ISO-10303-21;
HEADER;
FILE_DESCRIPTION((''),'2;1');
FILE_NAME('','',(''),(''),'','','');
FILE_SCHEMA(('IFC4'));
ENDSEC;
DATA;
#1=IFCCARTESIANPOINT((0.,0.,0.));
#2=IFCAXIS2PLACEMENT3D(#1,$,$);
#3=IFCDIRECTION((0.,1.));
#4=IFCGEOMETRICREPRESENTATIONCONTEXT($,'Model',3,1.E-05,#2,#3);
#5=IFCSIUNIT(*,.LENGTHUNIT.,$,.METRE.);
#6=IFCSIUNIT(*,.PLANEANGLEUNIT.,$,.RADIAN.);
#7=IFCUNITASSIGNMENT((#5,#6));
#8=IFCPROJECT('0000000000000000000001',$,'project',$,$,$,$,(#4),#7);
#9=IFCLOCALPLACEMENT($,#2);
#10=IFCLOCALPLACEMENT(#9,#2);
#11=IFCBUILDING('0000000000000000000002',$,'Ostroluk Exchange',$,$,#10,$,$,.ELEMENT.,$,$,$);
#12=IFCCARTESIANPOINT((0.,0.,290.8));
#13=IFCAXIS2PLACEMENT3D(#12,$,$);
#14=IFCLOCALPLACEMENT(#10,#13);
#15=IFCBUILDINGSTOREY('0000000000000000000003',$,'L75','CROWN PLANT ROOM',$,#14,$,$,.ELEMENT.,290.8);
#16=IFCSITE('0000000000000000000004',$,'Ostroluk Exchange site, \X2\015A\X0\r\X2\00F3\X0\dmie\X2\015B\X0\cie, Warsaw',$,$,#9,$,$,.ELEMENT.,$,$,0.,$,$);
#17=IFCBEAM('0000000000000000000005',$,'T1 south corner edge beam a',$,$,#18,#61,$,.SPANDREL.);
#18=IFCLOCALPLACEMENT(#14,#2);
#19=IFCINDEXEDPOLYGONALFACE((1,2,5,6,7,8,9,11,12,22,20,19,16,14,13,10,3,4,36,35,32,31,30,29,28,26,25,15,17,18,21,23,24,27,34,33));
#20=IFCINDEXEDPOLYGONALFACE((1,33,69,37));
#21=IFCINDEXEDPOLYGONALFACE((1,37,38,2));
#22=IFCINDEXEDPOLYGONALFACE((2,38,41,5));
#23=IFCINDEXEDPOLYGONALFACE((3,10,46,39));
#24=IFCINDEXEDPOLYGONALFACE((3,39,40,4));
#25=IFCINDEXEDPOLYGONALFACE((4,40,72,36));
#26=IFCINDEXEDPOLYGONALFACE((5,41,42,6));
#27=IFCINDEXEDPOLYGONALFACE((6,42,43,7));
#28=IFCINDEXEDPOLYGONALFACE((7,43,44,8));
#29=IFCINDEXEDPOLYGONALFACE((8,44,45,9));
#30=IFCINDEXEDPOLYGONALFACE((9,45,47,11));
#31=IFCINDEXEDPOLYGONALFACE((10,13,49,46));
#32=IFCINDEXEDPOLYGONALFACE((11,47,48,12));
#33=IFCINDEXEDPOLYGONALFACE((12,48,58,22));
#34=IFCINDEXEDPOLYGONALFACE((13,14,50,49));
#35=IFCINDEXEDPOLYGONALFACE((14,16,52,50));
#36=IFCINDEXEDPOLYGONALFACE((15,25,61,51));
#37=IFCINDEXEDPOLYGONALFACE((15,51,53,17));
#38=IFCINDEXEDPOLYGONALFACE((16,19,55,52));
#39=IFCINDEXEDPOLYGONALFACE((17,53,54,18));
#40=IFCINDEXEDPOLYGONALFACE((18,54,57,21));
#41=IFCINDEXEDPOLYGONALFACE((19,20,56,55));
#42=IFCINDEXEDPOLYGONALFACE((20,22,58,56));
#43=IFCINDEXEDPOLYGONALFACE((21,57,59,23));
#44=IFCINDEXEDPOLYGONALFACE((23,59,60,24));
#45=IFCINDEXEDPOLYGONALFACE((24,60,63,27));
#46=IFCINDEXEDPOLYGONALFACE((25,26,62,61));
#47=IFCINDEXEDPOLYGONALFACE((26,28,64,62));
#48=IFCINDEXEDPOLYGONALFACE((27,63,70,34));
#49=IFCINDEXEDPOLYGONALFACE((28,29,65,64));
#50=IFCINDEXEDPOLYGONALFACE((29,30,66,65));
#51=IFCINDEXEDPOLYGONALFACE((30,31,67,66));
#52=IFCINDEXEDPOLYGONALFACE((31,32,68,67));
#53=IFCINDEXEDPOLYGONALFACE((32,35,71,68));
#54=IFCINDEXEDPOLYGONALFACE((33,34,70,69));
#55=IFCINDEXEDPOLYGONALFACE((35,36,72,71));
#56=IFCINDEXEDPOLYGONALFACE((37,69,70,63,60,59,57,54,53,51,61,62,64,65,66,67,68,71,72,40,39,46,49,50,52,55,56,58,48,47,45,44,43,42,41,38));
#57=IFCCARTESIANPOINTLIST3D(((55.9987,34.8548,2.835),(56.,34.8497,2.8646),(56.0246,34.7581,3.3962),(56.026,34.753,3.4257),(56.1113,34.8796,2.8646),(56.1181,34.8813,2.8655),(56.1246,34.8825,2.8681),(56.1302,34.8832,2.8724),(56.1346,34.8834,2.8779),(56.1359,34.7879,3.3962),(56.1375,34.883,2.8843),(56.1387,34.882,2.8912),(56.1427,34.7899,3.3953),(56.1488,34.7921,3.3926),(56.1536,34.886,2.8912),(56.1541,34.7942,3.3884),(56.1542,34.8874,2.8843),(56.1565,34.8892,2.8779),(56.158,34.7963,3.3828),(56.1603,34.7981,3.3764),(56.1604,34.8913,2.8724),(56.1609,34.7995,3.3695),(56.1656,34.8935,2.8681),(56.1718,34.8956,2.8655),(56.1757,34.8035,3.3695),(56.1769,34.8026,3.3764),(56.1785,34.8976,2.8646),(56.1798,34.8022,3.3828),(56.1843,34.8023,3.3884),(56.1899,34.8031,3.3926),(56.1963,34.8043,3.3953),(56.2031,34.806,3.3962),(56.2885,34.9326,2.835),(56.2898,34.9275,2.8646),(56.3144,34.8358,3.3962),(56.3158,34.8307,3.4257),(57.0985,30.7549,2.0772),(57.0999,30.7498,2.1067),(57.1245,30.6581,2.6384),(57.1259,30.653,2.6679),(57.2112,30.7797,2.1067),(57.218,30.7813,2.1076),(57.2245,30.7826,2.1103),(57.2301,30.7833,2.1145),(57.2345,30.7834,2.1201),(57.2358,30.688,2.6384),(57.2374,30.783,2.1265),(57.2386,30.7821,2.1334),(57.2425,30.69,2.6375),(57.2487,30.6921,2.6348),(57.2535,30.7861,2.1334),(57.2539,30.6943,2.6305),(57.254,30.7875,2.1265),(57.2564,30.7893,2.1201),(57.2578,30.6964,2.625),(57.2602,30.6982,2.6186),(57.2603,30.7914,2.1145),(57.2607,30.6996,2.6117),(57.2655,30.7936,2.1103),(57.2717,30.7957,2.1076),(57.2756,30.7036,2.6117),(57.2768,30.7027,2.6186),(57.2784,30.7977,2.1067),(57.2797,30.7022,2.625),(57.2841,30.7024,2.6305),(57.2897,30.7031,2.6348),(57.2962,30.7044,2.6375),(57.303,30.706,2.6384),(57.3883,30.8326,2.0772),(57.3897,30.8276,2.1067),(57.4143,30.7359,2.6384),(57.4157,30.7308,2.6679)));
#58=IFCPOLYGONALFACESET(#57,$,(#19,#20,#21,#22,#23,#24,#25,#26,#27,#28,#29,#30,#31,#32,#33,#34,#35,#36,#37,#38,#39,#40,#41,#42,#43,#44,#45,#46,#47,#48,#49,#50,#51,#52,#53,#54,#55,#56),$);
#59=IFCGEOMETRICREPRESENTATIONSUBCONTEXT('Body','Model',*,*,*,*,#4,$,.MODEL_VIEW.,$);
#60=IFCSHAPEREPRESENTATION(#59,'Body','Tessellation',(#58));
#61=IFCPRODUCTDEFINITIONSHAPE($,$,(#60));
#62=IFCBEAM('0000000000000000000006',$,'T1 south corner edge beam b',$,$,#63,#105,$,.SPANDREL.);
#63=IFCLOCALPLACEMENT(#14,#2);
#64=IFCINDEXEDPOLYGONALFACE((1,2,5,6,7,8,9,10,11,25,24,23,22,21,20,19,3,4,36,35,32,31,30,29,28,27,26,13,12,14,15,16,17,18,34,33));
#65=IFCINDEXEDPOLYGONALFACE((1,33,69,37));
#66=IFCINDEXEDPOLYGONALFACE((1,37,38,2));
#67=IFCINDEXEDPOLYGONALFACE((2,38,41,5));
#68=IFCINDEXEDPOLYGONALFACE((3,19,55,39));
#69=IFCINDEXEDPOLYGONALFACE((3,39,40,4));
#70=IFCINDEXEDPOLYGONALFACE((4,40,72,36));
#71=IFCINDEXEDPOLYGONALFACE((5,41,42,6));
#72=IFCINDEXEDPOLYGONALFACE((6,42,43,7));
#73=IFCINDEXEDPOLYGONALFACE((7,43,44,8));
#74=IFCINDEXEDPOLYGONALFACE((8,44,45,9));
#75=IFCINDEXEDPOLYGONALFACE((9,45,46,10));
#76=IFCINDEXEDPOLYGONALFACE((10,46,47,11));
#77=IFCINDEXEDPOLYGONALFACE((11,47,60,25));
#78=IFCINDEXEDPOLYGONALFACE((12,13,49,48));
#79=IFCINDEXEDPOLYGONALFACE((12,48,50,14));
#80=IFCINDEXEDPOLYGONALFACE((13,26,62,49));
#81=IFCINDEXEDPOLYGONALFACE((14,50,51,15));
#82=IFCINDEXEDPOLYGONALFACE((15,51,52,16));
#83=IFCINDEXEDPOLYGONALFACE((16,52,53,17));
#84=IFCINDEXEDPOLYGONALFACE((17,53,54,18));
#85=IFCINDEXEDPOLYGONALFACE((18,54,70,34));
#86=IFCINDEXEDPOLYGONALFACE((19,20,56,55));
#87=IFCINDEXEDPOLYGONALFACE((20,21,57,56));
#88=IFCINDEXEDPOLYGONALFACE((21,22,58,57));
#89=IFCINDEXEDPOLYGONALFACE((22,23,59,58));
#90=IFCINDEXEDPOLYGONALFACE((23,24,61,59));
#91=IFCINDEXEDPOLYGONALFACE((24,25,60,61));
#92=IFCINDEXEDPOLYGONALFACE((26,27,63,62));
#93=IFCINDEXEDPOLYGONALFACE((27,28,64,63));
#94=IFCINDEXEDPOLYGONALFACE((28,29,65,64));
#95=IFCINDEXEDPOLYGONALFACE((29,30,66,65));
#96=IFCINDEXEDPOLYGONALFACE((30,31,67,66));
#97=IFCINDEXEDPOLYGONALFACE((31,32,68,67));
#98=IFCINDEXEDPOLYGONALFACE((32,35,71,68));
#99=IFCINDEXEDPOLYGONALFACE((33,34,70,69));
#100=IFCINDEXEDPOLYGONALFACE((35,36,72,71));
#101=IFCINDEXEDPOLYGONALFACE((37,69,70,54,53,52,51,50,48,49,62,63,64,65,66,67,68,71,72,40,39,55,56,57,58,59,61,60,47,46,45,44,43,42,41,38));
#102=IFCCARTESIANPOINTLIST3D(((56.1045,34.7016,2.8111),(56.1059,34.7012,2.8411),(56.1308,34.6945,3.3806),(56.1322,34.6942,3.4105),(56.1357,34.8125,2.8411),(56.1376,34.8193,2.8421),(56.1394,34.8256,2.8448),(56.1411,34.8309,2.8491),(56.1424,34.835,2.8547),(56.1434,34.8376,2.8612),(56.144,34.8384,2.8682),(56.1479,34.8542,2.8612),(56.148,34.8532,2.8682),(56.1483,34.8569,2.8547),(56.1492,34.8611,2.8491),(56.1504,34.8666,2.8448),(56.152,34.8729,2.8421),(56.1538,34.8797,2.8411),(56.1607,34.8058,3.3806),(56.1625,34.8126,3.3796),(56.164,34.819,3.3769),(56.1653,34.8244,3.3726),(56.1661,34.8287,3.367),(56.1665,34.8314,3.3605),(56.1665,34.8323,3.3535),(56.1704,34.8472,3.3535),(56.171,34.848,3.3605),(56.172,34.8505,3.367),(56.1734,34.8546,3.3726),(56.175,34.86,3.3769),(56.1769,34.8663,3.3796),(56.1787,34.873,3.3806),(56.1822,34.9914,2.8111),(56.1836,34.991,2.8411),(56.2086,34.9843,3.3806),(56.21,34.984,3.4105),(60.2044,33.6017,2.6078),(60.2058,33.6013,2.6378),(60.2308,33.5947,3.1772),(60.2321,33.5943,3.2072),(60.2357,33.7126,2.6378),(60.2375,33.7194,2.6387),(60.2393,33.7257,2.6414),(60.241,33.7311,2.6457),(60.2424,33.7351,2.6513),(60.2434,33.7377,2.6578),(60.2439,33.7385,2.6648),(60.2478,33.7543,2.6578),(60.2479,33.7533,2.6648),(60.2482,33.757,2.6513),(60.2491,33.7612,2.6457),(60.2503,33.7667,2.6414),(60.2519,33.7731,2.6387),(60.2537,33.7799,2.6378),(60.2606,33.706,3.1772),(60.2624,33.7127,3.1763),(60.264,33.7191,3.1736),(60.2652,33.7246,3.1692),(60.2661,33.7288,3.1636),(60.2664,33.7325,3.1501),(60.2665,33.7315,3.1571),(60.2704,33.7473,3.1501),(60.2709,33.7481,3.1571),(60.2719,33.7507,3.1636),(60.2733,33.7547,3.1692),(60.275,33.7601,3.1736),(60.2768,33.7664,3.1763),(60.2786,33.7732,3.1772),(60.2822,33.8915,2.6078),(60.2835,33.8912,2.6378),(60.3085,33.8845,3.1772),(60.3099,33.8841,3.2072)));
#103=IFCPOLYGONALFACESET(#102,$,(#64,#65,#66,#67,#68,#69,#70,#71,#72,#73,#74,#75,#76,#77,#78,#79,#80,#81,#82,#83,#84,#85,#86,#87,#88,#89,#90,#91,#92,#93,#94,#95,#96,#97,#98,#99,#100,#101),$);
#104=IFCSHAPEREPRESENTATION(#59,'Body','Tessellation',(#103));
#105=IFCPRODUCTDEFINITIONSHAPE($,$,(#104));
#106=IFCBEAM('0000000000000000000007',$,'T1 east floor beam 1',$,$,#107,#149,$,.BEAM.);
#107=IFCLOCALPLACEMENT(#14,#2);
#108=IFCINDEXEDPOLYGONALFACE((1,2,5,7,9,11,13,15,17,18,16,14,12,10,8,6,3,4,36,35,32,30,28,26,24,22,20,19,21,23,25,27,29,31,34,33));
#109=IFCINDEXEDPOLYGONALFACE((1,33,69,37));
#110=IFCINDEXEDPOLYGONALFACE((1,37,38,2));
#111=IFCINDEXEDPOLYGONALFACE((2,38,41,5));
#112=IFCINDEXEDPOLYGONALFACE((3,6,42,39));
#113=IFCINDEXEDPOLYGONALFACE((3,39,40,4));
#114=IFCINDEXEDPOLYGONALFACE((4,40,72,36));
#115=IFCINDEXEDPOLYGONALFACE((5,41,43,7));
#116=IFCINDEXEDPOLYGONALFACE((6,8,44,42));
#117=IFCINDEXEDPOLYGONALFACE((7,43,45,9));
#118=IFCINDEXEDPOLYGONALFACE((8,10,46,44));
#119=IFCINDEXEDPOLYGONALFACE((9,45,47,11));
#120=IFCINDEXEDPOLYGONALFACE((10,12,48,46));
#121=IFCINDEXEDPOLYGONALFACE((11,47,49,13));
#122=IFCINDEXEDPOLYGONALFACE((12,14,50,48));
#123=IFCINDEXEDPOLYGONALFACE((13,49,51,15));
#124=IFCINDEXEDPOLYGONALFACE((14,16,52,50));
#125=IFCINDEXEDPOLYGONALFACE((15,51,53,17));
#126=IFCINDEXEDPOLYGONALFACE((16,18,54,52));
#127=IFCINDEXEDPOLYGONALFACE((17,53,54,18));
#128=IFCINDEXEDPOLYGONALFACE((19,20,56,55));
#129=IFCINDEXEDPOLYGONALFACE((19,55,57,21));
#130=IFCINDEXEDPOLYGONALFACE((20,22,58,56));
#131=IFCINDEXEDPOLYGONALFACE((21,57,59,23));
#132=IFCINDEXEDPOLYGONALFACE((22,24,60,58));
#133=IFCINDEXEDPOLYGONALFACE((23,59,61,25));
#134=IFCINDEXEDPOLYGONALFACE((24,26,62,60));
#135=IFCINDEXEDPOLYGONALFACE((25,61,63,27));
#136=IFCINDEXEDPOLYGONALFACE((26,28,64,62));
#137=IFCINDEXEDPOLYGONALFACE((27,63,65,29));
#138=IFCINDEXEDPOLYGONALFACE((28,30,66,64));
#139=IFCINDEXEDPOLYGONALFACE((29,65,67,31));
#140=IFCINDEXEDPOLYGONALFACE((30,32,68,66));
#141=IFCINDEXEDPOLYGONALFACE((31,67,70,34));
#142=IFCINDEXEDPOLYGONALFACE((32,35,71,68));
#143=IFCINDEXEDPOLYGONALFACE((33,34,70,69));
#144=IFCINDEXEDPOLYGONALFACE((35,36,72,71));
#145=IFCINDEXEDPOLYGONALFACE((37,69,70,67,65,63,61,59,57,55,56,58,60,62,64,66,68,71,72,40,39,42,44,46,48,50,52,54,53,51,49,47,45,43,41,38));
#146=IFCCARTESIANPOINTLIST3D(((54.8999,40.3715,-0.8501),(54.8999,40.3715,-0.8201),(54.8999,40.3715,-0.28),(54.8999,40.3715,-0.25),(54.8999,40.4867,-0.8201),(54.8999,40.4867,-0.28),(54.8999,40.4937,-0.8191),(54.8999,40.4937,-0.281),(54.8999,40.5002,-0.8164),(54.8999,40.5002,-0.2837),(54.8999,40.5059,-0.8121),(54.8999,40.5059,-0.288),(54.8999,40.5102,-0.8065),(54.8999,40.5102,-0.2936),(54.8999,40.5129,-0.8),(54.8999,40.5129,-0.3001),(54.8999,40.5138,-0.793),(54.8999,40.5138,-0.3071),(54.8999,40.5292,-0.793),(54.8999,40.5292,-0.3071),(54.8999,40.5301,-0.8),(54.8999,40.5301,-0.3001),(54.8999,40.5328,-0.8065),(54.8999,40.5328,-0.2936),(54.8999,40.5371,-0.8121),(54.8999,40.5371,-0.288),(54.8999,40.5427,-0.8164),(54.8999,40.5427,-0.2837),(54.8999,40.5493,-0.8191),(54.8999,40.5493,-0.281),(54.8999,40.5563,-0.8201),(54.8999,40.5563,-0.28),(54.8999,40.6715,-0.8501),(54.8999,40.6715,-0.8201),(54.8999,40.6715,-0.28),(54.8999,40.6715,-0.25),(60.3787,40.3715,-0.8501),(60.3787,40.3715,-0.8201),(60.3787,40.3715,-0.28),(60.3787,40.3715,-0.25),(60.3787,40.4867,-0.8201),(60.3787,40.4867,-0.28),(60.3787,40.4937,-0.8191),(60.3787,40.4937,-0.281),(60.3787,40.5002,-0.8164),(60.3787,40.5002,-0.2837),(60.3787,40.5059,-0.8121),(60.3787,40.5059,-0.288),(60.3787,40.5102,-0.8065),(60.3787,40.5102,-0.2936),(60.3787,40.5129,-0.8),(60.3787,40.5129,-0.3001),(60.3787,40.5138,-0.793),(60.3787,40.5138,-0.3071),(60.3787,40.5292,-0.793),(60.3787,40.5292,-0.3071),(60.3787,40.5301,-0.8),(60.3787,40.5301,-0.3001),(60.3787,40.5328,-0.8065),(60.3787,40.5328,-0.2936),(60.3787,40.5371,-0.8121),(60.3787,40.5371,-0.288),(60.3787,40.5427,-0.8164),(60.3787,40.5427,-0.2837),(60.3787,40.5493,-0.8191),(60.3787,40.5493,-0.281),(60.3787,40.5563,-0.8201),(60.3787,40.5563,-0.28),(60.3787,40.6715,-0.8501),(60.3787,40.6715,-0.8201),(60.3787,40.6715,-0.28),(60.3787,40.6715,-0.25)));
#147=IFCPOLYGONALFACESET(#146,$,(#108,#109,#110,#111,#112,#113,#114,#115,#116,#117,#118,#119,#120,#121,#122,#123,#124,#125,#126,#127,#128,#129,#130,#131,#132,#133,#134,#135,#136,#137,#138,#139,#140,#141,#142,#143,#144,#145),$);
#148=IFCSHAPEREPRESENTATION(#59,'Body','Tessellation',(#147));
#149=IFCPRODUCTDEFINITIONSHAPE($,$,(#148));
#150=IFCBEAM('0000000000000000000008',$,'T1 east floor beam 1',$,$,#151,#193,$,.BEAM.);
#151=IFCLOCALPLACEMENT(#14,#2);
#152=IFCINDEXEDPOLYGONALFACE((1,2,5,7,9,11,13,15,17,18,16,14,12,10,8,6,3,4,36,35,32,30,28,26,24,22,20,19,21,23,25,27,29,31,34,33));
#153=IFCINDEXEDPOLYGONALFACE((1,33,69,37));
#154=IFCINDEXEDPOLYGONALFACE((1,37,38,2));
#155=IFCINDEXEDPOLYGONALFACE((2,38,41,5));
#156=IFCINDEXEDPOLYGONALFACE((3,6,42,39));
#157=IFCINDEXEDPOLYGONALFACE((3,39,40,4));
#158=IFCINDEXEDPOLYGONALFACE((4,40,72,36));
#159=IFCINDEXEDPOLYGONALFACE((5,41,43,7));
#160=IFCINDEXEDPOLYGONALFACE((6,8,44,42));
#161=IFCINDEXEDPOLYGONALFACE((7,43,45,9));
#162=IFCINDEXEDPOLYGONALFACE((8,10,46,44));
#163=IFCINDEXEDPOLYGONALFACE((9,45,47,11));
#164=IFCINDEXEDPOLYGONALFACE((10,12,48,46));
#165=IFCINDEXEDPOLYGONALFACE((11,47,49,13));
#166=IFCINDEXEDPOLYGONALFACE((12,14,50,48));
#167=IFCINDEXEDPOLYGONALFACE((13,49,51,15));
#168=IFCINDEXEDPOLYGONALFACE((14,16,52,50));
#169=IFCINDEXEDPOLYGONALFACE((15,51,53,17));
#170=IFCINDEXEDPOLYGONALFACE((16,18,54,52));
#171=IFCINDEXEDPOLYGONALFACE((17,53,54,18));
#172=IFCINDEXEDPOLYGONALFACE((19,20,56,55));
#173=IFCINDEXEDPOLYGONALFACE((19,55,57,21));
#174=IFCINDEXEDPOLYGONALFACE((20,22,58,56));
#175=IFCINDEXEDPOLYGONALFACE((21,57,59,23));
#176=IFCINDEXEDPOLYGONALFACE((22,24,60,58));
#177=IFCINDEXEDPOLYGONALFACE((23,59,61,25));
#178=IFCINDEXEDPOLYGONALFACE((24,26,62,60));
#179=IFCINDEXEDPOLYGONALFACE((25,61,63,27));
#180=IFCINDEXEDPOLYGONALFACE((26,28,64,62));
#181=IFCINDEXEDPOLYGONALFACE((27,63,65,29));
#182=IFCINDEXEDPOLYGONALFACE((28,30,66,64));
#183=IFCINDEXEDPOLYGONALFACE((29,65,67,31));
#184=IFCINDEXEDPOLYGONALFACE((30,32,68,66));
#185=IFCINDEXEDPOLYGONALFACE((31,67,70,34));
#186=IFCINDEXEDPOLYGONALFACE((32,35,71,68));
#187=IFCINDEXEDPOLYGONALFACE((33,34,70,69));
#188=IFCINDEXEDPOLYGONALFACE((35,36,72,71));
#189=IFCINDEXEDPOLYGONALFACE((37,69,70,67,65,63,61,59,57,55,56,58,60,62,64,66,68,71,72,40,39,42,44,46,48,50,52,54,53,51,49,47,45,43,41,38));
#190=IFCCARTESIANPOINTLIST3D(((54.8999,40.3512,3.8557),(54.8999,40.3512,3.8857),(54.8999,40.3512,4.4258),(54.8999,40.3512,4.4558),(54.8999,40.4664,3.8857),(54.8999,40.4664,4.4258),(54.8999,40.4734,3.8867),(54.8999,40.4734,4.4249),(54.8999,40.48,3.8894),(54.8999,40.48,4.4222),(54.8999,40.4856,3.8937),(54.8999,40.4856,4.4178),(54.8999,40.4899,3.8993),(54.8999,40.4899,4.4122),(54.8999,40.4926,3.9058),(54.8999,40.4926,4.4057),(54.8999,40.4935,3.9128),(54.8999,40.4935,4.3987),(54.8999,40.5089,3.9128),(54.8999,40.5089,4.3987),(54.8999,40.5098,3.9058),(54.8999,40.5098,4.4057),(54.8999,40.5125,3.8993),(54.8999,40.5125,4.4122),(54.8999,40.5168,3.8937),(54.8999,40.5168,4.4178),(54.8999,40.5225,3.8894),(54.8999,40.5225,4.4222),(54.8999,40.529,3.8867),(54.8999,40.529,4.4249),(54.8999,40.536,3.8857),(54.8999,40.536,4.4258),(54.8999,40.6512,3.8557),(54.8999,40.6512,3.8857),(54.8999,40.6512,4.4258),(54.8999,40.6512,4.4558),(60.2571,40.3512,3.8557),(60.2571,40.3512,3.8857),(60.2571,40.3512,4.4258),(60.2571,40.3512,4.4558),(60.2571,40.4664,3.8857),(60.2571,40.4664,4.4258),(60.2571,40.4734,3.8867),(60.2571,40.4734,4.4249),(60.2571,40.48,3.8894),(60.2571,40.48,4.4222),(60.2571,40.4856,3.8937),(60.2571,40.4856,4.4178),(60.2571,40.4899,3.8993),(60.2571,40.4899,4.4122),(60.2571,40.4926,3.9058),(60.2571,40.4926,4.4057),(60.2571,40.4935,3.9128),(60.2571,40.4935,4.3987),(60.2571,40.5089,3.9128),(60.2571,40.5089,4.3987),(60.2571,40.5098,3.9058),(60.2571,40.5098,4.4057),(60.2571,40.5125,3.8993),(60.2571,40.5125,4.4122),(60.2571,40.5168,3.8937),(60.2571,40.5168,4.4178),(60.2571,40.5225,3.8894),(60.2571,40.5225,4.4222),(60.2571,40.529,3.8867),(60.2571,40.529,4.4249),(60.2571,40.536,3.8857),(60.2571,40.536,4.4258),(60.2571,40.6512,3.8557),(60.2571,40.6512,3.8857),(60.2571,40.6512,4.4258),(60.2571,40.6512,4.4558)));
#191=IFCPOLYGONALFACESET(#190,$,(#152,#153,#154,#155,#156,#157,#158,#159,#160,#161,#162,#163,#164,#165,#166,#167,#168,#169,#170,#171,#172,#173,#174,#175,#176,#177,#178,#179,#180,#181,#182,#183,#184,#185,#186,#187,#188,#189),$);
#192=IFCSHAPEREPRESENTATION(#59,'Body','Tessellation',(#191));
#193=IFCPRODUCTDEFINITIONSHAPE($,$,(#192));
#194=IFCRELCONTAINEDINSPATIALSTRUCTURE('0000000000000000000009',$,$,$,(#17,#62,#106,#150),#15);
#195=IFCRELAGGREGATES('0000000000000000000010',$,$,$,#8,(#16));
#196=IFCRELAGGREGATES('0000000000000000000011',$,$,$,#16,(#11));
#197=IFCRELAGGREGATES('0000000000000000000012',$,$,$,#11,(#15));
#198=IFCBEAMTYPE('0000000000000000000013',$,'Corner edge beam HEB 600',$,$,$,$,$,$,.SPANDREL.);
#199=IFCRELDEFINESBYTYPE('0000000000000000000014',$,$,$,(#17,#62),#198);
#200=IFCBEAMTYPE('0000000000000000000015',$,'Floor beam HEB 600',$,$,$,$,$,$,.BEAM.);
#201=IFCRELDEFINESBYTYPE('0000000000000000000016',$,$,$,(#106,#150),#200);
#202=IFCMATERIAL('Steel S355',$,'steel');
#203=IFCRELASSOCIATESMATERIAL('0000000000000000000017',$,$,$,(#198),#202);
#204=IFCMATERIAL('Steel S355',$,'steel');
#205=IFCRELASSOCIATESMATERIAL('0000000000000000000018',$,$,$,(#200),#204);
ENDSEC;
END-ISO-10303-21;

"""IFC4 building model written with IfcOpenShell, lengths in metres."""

from ifc_helpers import new_model, si_unit, direction, frame, origin, origin_2d, place, context, subcontext, project, spatial, i_section, extrude, material, material_profile, profile_set, type_object, element, save


model = new_model("IFC4")

# Units and contexts
model_context = context("Model", 3, precision=1e-05, world=origin(), true_north=direction((0.0, 1.0)))
body_context = subcontext(model_context, "Body", "Model", "MODEL_VIEW")
ifc_project = project(units=[si_unit("LENGTHUNIT", "METRE"), si_unit("PLANEANGLEUNIT", "RADIAN")], contexts=[model_context])

# Site, building, storey
site_placement = place(None, origin())
site = spatial("IfcSite", under=ifc_project, at=site_placement, Name="Ostroluk Exchange site, Śródmieście, Warsaw", CompositionType="ELEMENT", RefElevation=0.0)
building_placement = place(site_placement, origin())
building = spatial("IfcBuilding", under=site, at=building_placement, Name="Ostroluk Exchange", CompositionType="ELEMENT")
storey_placement = place(building_placement, frame((0.0, 0.0, 290.8)))
storey = spatial("IfcBuildingStorey", under=building, at=storey_placement, Name="L75", Description="CROWN PLANT ROOM", CompositionType="ELEMENT", Elevation=290.8)

# Beams
ifc_material_1 = material(Name="Steel S355", Category="steel")
ifc_material_profile_1 = material_profile(ifc_material_1, i_section(OverallWidth=0.3, OverallDepth=0.6001, WebThickness=0.0154, FlangeThickness=0.03, FilletRadius=0.0271, at=origin_2d()), Name="HEB 600")
ifc_profile_set_1 = profile_set([ifc_material_profile_1], Name="Steel S355")
beam_type_1 = type_object("IfcBeamType", Name="Corner edge beam HEB 600", PredefinedType="SPANDREL", material=ifc_profile_set_1)
beam_1_placement = place(storey_placement, frame((56.1572, 34.8428, 3.1304), z_axis=(0.255072, -0.950816, -0.175748), x_axis=(0.965849, 0.259105, 0.0)))
element("IfcBeam", 1, at=beam_1_placement, inside=storey, type_object=beam_type_1, Name="T1 south corner edge beam a", PredefinedType="SPANDREL", context=body_context, shape_type="SweptSolid", body=[
    extrude(i_section(OverallWidth=0.3, OverallDepth=0.6001, WebThickness=0.0154, FlangeThickness=0.03, FilletRadius=0.0271, at=origin_2d()), origin(), (0.0, 0.0, 1.0), 4.312),
])
beam_2_placement = place(storey_placement, frame((56.1572, 34.8428, 3.1108), z_axis=(0.964743, -0.258808, -0.047855), x_axis=(0.259105, 0.965849, 0.0)))
element("IfcBeam", 2, at=beam_2_placement, inside=storey, type_object=beam_type_1, Name="T1 south corner edge beam b", PredefinedType="SPANDREL", context=body_context, shape_type="SweptSolid", body=[
    extrude(i_section(OverallWidth=0.3, OverallDepth=0.6001, WebThickness=0.0154, FlangeThickness=0.03, FilletRadius=0.0271, at=origin_2d()), origin(), (0.0, 0.0, 1.0), 4.2498),
])
ifc_material_2 = material(Name="Steel S355", Category="steel")
ifc_material_profile_2 = material_profile(ifc_material_2, i_section(OverallWidth=0.3, OverallDepth=0.6001, WebThickness=0.0154, FlangeThickness=0.03, FilletRadius=0.0271, at=origin_2d()), Name="HEB 600")
ifc_profile_set_2 = profile_set([ifc_material_profile_2], Name="Steel S355")
beam_type_2 = type_object("IfcBeamType", Name="Floor beam HEB 600", PredefinedType="BEAM", material=ifc_profile_set_2)
beam_3_placement = place(storey_placement, frame((54.8999, 40.5215, -0.55), z_axis=(1.0, 0.0, 0.0), x_axis=(0.0, 1.0, 0.0)))
element("IfcBeam", 3, at=beam_3_placement, inside=storey, type_object=beam_type_2, Name="T1 east floor beam 1", PredefinedType="BEAM", context=body_context, shape_type="SweptSolid", body=[
    extrude(i_section(OverallWidth=0.3, OverallDepth=0.6001, WebThickness=0.0154, FlangeThickness=0.03, FilletRadius=0.0271, at=origin_2d()), origin(), (0.0, 0.0, 1.0), 5.4788),
])
beam_4_placement = place(storey_placement, frame((54.8999, 40.5012, 4.1558), z_axis=(1.0, 0.0, 0.0), x_axis=(0.0, 1.0, 0.0)))
element("IfcBeam", 4, at=beam_4_placement, inside=storey, type_object=beam_type_2, Name="T1 east floor beam 1", PredefinedType="BEAM", context=body_context, shape_type="SweptSolid", body=[
    extrude(i_section(OverallWidth=0.3, OverallDepth=0.6001, WebThickness=0.0154, FlangeThickness=0.03, FilletRadius=0.0271, at=origin_2d()), origin(), (0.0, 0.0, 1.0), 5.3572),
])

save(model, "model.ifc")
